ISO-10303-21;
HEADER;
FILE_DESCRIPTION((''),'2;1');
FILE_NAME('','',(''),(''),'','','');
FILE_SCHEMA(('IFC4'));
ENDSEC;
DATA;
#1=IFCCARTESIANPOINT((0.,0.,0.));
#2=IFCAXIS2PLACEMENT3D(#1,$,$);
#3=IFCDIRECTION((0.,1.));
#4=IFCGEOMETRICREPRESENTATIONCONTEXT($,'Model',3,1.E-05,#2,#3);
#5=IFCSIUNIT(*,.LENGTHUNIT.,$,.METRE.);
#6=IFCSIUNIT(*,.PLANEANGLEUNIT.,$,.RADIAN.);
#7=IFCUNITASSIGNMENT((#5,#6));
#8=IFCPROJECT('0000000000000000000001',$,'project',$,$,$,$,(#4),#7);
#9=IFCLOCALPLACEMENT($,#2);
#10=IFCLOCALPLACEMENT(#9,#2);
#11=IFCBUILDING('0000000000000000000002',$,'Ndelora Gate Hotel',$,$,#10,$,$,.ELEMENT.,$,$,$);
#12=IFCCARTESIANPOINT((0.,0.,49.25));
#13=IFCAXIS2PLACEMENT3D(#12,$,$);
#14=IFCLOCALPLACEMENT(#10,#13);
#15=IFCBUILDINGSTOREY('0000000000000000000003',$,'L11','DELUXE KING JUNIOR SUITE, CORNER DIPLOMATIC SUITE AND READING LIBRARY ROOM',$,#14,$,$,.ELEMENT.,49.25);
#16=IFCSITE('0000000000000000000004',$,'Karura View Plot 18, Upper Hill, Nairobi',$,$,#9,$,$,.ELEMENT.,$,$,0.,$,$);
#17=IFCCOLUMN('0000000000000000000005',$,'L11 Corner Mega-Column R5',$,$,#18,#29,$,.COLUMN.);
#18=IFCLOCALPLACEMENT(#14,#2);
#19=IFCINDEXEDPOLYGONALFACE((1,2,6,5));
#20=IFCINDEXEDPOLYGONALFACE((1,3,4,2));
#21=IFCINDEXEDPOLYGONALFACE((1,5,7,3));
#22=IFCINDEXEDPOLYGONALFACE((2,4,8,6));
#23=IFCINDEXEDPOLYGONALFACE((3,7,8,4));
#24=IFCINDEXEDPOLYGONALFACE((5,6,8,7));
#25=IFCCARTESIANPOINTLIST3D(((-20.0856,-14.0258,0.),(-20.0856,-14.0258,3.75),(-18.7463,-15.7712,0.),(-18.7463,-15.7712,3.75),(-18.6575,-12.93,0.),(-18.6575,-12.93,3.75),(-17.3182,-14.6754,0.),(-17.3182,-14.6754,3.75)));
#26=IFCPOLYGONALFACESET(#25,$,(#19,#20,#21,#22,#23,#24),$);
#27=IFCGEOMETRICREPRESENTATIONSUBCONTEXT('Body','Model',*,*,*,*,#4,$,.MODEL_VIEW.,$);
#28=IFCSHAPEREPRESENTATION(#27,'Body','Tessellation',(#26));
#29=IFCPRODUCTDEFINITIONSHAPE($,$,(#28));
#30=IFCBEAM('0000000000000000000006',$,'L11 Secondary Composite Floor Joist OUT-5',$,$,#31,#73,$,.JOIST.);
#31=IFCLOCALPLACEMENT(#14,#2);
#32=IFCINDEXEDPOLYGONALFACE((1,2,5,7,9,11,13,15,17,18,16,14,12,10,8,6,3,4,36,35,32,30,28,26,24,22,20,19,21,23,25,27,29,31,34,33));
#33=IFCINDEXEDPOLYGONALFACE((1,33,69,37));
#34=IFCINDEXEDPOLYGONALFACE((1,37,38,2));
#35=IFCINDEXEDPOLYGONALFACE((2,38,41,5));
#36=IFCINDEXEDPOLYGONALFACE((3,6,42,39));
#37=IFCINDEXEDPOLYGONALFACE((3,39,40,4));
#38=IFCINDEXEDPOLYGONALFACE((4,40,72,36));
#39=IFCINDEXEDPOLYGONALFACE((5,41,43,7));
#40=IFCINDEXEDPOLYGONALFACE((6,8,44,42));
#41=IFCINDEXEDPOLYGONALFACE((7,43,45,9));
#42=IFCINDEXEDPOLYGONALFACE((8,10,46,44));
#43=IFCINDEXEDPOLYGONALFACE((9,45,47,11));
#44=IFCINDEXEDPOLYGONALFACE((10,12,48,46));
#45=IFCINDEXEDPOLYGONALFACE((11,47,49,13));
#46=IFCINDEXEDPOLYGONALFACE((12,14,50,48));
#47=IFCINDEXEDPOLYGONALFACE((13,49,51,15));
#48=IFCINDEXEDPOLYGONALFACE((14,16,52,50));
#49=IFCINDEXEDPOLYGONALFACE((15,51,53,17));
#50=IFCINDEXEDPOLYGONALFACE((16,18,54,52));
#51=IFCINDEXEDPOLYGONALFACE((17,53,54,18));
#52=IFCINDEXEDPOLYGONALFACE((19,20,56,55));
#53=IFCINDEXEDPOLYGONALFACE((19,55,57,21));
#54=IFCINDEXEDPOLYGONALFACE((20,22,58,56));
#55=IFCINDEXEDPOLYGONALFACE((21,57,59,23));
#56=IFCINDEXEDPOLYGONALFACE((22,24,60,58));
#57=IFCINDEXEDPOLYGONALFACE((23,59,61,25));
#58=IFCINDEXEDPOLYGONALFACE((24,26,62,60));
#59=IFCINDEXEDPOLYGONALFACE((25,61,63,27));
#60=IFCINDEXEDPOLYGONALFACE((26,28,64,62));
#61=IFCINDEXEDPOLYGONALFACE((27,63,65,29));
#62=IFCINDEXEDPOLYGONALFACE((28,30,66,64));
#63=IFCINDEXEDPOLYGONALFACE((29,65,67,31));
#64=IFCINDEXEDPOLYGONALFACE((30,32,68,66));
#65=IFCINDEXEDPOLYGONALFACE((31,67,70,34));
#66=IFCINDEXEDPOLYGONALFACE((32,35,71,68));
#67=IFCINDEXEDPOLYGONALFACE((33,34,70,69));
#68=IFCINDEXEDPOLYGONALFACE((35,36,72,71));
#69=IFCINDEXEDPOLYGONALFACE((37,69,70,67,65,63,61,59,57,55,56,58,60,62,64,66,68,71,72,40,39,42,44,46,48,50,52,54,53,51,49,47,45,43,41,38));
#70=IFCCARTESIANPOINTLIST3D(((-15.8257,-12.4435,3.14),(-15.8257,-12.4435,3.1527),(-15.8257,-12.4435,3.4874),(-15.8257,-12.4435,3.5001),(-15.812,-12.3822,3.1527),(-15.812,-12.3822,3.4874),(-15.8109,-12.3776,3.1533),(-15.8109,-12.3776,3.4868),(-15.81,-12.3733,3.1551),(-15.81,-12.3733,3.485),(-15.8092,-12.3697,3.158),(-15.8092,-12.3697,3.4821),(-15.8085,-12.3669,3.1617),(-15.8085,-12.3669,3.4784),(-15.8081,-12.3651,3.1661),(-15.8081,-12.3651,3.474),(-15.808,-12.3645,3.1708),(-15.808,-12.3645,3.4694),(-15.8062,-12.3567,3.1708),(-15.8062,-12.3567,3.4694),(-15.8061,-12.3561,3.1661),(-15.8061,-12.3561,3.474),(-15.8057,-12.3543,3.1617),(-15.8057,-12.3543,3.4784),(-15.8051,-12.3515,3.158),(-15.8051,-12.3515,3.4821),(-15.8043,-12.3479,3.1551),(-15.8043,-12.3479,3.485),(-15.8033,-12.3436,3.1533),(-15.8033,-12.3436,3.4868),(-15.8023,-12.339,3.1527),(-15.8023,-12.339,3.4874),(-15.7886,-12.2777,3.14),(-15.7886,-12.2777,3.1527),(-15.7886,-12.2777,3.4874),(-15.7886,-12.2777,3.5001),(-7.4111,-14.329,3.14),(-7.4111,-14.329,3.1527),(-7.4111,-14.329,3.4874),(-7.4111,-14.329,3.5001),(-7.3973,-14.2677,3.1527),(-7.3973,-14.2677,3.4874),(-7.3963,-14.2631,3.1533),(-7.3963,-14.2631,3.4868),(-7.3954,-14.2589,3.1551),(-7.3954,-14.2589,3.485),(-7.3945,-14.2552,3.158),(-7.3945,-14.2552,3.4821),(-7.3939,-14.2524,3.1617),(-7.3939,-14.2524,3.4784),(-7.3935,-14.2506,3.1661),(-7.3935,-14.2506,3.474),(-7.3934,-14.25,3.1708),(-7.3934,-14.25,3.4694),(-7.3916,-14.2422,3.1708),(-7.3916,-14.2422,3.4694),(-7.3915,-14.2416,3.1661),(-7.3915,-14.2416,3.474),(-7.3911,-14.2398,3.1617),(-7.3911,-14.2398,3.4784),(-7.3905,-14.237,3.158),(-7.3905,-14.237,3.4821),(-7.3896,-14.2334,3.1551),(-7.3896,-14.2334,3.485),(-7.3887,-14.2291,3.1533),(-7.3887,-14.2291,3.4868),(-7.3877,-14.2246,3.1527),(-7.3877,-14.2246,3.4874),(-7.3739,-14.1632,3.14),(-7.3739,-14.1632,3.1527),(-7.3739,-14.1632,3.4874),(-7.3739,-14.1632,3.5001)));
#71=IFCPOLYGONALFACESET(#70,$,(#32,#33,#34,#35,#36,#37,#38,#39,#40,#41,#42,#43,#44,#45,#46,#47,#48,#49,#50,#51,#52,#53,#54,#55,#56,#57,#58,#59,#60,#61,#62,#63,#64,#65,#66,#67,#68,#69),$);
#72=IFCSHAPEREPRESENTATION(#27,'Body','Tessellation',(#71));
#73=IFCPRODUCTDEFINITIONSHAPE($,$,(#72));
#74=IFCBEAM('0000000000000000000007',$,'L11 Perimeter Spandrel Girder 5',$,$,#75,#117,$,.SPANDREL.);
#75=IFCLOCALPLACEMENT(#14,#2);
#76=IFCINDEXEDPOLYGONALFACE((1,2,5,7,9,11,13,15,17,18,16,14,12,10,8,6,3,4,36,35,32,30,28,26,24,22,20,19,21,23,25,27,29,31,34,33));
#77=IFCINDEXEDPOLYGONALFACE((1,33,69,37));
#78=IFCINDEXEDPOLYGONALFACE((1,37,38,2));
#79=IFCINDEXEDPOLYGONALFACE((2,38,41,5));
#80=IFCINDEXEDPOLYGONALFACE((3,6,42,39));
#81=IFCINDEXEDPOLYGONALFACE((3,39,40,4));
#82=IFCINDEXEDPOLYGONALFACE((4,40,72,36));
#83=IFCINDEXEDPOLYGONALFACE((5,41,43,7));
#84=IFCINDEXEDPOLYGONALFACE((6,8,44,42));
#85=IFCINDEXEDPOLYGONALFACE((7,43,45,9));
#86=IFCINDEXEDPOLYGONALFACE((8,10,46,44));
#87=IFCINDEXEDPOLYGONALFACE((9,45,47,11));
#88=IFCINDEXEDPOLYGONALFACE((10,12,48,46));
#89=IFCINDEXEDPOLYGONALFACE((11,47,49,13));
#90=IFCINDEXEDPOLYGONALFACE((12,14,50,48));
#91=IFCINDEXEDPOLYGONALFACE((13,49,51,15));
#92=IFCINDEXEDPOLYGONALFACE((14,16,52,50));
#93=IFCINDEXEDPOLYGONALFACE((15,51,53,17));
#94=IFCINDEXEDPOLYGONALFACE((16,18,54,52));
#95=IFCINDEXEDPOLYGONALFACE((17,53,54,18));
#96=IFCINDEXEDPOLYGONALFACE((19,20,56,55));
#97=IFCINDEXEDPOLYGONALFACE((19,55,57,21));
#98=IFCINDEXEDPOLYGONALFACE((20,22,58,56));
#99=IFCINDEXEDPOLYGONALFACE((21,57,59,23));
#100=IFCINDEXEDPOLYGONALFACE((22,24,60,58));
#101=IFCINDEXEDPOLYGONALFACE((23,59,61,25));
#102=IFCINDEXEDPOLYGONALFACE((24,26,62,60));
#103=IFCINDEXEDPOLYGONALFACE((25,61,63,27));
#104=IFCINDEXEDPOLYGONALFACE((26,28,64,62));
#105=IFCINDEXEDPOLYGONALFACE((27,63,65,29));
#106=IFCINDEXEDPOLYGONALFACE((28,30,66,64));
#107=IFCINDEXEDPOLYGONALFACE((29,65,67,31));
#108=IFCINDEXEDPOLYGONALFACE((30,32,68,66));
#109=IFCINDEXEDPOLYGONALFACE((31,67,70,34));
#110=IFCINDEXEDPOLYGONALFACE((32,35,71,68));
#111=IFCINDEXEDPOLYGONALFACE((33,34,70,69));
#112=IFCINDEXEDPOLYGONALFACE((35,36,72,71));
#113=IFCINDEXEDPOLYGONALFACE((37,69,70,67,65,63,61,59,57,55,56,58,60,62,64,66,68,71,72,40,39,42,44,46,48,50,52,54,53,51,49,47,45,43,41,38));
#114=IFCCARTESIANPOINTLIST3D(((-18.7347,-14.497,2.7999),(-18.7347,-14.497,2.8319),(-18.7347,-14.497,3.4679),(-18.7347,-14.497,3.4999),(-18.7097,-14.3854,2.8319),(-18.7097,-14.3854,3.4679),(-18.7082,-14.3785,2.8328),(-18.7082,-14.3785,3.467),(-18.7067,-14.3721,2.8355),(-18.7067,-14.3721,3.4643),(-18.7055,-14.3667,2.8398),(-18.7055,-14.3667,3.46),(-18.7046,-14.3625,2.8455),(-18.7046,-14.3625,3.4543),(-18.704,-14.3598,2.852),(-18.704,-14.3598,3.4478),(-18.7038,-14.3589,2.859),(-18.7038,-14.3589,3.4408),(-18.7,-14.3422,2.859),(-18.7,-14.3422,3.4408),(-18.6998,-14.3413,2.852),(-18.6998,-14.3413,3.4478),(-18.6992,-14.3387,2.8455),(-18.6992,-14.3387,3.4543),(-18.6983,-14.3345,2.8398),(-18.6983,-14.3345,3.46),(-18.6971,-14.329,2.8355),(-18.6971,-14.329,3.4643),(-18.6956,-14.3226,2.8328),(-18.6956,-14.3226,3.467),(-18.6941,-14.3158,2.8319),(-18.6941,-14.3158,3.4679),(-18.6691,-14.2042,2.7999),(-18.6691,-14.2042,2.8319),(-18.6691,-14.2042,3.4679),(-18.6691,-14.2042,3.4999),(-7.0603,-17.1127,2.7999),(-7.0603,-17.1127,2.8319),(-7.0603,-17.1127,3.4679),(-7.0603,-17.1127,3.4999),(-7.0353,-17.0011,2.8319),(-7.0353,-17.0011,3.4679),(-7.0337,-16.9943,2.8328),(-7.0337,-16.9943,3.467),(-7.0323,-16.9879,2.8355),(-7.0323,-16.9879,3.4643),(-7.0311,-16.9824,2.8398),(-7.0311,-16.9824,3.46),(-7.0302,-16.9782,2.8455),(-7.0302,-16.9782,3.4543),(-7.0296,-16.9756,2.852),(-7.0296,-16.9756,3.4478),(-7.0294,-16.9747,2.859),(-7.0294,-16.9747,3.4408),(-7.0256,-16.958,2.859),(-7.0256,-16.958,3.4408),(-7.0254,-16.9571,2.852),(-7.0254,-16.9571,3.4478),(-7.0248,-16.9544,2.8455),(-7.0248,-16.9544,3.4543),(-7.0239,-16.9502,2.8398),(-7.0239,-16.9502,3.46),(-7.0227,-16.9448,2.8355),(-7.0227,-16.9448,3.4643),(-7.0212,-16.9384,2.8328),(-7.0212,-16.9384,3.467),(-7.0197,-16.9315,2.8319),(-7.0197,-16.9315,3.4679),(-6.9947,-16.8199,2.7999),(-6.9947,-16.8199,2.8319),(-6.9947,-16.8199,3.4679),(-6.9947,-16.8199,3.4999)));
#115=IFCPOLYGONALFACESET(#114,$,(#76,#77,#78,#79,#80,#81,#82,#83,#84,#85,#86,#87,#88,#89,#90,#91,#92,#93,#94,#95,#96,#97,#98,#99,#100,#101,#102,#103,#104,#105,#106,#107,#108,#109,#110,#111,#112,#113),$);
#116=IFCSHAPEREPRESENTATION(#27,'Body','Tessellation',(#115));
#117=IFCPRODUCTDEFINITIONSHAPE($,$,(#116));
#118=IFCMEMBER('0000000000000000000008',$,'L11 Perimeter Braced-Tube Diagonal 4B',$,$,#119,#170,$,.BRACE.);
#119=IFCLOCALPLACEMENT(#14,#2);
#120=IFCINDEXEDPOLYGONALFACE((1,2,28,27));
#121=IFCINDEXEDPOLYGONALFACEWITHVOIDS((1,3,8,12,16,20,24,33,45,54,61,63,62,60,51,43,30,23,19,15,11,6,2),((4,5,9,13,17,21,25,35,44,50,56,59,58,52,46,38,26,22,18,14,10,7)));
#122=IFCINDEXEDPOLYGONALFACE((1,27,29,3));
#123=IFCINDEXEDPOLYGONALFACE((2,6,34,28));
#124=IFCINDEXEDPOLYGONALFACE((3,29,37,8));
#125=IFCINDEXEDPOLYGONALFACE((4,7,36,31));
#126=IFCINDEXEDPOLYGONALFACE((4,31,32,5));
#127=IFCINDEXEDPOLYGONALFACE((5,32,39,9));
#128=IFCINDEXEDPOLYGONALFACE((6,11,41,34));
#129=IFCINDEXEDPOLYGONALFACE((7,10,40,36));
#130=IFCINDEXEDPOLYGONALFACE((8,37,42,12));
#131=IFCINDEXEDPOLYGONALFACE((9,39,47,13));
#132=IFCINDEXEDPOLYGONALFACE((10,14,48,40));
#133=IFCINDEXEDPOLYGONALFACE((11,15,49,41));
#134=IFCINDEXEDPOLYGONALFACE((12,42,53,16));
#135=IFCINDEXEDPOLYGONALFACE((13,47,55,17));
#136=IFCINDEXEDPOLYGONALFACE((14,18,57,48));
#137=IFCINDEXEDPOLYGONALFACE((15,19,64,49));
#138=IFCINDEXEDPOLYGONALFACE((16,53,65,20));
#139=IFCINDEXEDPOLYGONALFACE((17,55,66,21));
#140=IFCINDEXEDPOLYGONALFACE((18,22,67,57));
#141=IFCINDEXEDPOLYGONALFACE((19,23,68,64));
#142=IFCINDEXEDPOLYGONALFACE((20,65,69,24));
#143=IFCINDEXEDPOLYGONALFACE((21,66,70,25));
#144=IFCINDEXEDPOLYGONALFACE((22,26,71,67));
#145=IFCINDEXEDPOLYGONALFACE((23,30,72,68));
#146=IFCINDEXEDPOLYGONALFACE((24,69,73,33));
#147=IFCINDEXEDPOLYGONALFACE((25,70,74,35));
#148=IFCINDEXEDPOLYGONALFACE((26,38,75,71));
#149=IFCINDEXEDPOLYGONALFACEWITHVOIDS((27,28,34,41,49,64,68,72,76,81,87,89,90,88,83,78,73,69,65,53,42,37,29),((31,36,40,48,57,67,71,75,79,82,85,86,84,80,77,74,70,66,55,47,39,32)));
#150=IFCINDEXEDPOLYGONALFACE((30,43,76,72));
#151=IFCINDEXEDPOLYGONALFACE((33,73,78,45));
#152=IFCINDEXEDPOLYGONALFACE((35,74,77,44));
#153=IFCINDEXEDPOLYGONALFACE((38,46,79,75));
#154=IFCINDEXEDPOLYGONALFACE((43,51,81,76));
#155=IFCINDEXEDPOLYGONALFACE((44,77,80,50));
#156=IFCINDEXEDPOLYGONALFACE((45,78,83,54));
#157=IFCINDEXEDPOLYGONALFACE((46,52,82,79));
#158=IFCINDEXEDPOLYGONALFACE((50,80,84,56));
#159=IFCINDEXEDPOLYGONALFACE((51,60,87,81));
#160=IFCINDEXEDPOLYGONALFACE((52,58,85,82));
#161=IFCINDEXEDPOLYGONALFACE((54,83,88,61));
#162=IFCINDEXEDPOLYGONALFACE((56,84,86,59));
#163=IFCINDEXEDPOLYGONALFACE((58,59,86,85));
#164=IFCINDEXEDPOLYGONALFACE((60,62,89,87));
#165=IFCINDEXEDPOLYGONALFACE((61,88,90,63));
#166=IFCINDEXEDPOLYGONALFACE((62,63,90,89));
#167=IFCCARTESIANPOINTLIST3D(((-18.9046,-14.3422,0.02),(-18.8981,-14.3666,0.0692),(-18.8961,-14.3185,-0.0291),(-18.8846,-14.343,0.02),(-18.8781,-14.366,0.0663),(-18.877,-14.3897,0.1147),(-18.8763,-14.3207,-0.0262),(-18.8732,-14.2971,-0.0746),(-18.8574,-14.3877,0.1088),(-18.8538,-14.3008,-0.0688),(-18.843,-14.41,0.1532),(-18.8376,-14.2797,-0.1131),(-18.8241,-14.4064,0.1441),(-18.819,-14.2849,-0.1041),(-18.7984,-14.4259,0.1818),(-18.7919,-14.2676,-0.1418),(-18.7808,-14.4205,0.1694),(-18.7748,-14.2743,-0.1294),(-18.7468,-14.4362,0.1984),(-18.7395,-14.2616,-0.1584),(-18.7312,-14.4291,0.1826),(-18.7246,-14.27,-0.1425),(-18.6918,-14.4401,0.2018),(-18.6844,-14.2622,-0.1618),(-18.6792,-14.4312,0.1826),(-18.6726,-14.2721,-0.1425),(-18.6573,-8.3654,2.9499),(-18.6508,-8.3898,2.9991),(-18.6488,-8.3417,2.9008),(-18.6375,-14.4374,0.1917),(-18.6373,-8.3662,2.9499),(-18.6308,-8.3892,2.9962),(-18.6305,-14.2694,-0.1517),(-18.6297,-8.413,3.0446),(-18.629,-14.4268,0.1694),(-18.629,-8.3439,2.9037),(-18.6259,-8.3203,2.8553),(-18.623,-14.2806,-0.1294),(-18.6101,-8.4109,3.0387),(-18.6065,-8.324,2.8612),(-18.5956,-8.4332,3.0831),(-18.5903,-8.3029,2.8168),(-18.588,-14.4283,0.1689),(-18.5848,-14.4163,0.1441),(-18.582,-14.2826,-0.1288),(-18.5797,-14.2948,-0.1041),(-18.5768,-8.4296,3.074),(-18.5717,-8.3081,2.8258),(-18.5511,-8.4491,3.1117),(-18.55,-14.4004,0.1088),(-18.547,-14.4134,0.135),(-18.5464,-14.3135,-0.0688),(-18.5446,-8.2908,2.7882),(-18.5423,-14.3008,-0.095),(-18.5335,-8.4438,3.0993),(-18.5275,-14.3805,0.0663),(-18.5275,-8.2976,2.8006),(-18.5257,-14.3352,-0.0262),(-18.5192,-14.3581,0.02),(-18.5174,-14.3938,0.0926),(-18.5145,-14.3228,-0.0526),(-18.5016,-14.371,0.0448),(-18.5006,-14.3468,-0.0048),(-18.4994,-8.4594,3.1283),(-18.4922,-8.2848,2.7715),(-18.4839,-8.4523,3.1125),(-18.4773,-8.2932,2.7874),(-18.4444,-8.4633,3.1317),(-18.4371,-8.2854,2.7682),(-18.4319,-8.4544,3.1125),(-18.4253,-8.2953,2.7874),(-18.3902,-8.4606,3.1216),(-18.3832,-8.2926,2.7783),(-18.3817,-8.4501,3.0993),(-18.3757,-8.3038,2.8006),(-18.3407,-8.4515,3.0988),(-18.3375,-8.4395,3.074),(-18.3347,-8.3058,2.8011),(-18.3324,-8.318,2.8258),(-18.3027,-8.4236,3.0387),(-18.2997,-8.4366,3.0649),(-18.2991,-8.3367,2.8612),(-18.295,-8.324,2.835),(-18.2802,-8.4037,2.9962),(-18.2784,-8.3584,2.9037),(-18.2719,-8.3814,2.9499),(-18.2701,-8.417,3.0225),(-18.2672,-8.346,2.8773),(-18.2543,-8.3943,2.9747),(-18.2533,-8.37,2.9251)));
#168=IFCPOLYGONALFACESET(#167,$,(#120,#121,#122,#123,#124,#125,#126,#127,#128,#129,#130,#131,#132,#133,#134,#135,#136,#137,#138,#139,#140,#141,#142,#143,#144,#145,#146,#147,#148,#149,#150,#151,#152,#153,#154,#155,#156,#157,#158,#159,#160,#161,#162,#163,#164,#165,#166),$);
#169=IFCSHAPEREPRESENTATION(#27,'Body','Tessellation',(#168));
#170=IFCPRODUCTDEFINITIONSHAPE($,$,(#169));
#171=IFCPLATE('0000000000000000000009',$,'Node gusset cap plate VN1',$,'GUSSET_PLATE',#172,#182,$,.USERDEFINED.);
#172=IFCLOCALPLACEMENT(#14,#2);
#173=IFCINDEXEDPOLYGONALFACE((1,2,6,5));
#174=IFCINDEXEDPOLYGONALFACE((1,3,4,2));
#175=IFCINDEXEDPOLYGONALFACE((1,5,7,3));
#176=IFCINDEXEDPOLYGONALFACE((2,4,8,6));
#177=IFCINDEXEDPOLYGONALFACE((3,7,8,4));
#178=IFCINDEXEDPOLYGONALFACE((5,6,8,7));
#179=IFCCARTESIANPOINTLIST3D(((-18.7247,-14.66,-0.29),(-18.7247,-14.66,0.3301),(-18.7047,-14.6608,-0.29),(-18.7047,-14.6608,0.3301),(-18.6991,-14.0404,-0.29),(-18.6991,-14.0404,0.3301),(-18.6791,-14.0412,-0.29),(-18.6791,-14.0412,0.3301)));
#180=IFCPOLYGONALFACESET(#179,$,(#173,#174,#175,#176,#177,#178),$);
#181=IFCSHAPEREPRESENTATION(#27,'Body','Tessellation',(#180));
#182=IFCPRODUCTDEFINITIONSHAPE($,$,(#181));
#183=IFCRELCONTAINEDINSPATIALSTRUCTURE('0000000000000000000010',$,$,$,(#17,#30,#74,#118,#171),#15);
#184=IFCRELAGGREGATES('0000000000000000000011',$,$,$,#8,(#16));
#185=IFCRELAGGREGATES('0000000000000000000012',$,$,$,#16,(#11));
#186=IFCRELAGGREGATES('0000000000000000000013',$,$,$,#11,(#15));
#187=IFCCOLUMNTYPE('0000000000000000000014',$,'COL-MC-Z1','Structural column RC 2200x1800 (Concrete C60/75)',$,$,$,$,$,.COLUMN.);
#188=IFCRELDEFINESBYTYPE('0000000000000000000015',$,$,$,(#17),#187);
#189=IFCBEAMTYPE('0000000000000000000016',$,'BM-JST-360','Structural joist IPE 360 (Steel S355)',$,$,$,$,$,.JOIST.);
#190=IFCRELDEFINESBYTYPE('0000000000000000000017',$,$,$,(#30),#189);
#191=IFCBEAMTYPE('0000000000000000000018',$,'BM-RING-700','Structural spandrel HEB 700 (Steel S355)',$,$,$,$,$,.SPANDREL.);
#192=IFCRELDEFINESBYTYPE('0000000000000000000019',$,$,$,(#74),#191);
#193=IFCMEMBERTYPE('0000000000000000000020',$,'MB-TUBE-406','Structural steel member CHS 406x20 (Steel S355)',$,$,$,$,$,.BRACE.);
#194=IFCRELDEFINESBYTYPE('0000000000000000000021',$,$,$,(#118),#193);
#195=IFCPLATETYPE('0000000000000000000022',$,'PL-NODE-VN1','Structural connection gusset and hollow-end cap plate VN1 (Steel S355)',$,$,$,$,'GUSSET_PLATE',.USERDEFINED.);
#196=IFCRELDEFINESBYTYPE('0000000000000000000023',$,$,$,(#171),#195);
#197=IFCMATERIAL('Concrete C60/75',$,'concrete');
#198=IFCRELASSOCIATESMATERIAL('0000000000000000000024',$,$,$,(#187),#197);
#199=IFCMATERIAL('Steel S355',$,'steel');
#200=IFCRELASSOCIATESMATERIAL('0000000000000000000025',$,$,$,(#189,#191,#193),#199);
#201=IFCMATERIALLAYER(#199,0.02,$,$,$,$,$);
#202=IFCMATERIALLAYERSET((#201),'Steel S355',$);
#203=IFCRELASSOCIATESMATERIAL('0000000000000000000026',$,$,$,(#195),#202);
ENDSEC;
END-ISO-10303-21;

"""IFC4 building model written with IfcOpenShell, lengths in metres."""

from ifc_helpers import new_model, si_unit, direction, frame, origin, origin_2d, place, context, subcontext, project, spatial, rectangle, hollow_circle, i_section, extrude, material, layer, layer_set, material_profile, profile_set, type_object, element, save


model = new_model("IFC4")

# Units and contexts
model_context = context("Model", 3, precision=1e-05, world=origin(), true_north=direction((0.0, 1.0)))
body_context = subcontext(model_context, "Body", "Model", "MODEL_VIEW")
ifc_project = project(units=[si_unit("LENGTHUNIT", "METRE"), si_unit("PLANEANGLEUNIT", "RADIAN")], contexts=[model_context])

# Site, building, storey
site_placement = place(None, origin())
site = spatial("IfcSite", under=ifc_project, at=site_placement, Name="Karura View Plot 18, Upper Hill, Nairobi", CompositionType="ELEMENT", RefElevation=0.0)
building_placement = place(site_placement, origin())
building = spatial("IfcBuilding", under=site, at=building_placement, Name="Ndelora Gate Hotel", CompositionType="ELEMENT")
storey_placement = place(building_placement, frame((0.0, 0.0, 49.25)))
storey = spatial("IfcBuildingStorey", under=building, at=storey_placement, Name="L11", Description="DELUXE KING JUNIOR SUITE, CORNER DIPLOMATIC SUITE AND READING LIBRARY ROOM", CompositionType="ELEMENT", Elevation=49.25)

# Column
ifc_material_1 = material(Name="Concrete C60/75", Category="concrete")
ifc_material_profile_1 = material_profile(ifc_material_1, rectangle(XDim=1.8, YDim=2.2, at=origin_2d()), Name="RC 2200x1800")
ifc_profile_set_1 = profile_set([ifc_material_profile_1], Name="Concrete C60/75")
column_type = type_object("IfcColumnType", Name="COL-MC-Z1", Description="Structural column RC 2200x1800 (Concrete C60/75)", PredefinedType="COLUMN", material=ifc_profile_set_1)
column_placement = place(storey_placement, frame((-18.7019, -14.3506, 0.0), z_axis=(0.0, 0.0, 1.0), x_axis=(0.793353, 0.608761, 0.0)))
element("IfcColumn", 1, at=column_placement, inside=storey, type_object=column_type, Name="L11 Corner Mega-Column R5", PredefinedType="COLUMN", context=body_context, shape_type="SweptSolid", body=[
    extrude(rectangle(XDim=1.8, YDim=2.2, at=origin_2d()), origin(), (0.0, 0.0, 1.0), 3.75),
])

# Beams
ifc_material_2 = material(Name="Steel S355", Category="steel")
ifc_material_profile_2 = material_profile(ifc_material_2, i_section(OverallWidth=0.1699, OverallDepth=0.3601, WebThickness=0.0081, FlangeThickness=0.0127, FilletRadius=0.0181, at=origin_2d()), Name="IPE 360")
ifc_profile_set_2 = profile_set([ifc_material_profile_2], Name="Steel S355")
beam_type_1 = type_object("IfcBeamType", Name="BM-JST-360", Description="Structural joist IPE 360 (Steel S355)", PredefinedType="JOIST", material=ifc_profile_set_2)
beam_1_placement = place(storey_placement, frame((-15.8071, -12.3606, 3.3201), z_axis=(0.975802, -0.218654, 0.0), x_axis=(0.218654, 0.975802, 0.0)))
element("IfcBeam", 2, at=beam_1_placement, inside=storey, type_object=beam_type_1, Name="L11 Secondary Composite Floor Joist OUT-5", PredefinedType="JOIST", context=body_context, shape_type="SweptSolid", body=[
    extrude(i_section(OverallWidth=0.1699, OverallDepth=0.3601, WebThickness=0.0081, FlangeThickness=0.0127, FilletRadius=0.0181, at=origin_2d()), origin(), (0.0, 0.0, 1.0), 8.6233),
])
ifc_material_profile_3 = material_profile(ifc_material_2, i_section(OverallWidth=0.3, OverallDepth=0.7, WebThickness=0.0171, FlangeThickness=0.032, FilletRadius=0.0271, at=origin_2d()), Name="HEB 700")
ifc_profile_set_3 = profile_set([ifc_material_profile_3], Name="Steel S355")
beam_type_2 = type_object("IfcBeamType", Name="BM-RING-700", Description="Structural spandrel HEB 700 (Steel S355)", PredefinedType="SPANDREL", material=ifc_profile_set_3)
beam_2_placement = place(storey_placement, frame((-18.7019, -14.3506, 3.1499), z_axis=(0.975806, -0.218637, 0.0), x_axis=(0.218637, 0.975806, 0.0)))
element("IfcBeam", 3, at=beam_2_placement, inside=storey, type_object=beam_type_2, Name="L11 Perimeter Spandrel Girder 5", PredefinedType="SPANDREL", context=body_context, shape_type="SweptSolid", body=[
    extrude(i_section(OverallWidth=0.3, OverallDepth=0.7, WebThickness=0.0171, FlangeThickness=0.032, FilletRadius=0.0271, at=origin_2d()), origin(), (0.0, 0.0, 1.0), 11.9639),
])

# Member
ifc_material_profile_4 = material_profile(ifc_material_2, hollow_circle(Radius=0.2029, WallThickness=0.02, at=origin_2d()), Name="CHS 406x20")
ifc_profile_set_4 = profile_set([ifc_material_profile_4], Name="Steel S355")
member_type = type_object("IfcMemberType", Name="MB-TUBE-406", Description="Structural steel member CHS 406x20 (Steel S355)", PredefinedType="BRACE", material=ifc_profile_set_4)
member_placement = place(storey_placement, frame((-18.7019, -14.3506, 0.02), z_axis=(0.037129, 0.897294, 0.439869), x_axis=(-0.999145, 0.041344, 0.0)))
element("IfcMember", 4, at=member_placement, inside=storey, type_object=member_type, Name="L11 Perimeter Braced-Tube Diagonal 4B", PredefinedType="BRACE", context=body_context, shape_type="SweptSolid", body=[
    extrude(hollow_circle(Radius=0.2029, WallThickness=0.02, at=origin_2d()), origin(), (0.0, 0.0, 1.0), 6.6609),
])

# Plate
ifc_layer_1 = layer(ifc_material_2, 0.02)
ifc_layer_set_1 = layer_set([ifc_layer_1], Name="Steel S355")
plate_type = type_object("IfcPlateType", Name="PL-NODE-VN1", Description="Structural connection gusset and hollow-end cap plate VN1 (Steel S355)", ElementType="GUSSET_PLATE", PredefinedType="USERDEFINED", material=ifc_layer_set_1)
for number, where, z_axis, x_axis, name in (
    (5, (-18.7019, -14.3506, -0.29), (0.0, 0.0, 1.0), (0.041353, 0.999145, 0.0), "Node gusset cap plate VN1"),
):
    element("IfcPlate", number, at=place(storey_placement, frame(where, z_axis=z_axis, x_axis=x_axis)), inside=storey, type_object=plate_type, Name=name, ObjectType="GUSSET_PLATE", PredefinedType="USERDEFINED", context=body_context, shape_type="SweptSolid", body=[
        extrude(rectangle(XDim=0.6201, YDim=0.02, at=origin_2d()), origin(), (0.0, 0.0, 1.0), 0.6201),
    ])

save(model, "model.ifc")
